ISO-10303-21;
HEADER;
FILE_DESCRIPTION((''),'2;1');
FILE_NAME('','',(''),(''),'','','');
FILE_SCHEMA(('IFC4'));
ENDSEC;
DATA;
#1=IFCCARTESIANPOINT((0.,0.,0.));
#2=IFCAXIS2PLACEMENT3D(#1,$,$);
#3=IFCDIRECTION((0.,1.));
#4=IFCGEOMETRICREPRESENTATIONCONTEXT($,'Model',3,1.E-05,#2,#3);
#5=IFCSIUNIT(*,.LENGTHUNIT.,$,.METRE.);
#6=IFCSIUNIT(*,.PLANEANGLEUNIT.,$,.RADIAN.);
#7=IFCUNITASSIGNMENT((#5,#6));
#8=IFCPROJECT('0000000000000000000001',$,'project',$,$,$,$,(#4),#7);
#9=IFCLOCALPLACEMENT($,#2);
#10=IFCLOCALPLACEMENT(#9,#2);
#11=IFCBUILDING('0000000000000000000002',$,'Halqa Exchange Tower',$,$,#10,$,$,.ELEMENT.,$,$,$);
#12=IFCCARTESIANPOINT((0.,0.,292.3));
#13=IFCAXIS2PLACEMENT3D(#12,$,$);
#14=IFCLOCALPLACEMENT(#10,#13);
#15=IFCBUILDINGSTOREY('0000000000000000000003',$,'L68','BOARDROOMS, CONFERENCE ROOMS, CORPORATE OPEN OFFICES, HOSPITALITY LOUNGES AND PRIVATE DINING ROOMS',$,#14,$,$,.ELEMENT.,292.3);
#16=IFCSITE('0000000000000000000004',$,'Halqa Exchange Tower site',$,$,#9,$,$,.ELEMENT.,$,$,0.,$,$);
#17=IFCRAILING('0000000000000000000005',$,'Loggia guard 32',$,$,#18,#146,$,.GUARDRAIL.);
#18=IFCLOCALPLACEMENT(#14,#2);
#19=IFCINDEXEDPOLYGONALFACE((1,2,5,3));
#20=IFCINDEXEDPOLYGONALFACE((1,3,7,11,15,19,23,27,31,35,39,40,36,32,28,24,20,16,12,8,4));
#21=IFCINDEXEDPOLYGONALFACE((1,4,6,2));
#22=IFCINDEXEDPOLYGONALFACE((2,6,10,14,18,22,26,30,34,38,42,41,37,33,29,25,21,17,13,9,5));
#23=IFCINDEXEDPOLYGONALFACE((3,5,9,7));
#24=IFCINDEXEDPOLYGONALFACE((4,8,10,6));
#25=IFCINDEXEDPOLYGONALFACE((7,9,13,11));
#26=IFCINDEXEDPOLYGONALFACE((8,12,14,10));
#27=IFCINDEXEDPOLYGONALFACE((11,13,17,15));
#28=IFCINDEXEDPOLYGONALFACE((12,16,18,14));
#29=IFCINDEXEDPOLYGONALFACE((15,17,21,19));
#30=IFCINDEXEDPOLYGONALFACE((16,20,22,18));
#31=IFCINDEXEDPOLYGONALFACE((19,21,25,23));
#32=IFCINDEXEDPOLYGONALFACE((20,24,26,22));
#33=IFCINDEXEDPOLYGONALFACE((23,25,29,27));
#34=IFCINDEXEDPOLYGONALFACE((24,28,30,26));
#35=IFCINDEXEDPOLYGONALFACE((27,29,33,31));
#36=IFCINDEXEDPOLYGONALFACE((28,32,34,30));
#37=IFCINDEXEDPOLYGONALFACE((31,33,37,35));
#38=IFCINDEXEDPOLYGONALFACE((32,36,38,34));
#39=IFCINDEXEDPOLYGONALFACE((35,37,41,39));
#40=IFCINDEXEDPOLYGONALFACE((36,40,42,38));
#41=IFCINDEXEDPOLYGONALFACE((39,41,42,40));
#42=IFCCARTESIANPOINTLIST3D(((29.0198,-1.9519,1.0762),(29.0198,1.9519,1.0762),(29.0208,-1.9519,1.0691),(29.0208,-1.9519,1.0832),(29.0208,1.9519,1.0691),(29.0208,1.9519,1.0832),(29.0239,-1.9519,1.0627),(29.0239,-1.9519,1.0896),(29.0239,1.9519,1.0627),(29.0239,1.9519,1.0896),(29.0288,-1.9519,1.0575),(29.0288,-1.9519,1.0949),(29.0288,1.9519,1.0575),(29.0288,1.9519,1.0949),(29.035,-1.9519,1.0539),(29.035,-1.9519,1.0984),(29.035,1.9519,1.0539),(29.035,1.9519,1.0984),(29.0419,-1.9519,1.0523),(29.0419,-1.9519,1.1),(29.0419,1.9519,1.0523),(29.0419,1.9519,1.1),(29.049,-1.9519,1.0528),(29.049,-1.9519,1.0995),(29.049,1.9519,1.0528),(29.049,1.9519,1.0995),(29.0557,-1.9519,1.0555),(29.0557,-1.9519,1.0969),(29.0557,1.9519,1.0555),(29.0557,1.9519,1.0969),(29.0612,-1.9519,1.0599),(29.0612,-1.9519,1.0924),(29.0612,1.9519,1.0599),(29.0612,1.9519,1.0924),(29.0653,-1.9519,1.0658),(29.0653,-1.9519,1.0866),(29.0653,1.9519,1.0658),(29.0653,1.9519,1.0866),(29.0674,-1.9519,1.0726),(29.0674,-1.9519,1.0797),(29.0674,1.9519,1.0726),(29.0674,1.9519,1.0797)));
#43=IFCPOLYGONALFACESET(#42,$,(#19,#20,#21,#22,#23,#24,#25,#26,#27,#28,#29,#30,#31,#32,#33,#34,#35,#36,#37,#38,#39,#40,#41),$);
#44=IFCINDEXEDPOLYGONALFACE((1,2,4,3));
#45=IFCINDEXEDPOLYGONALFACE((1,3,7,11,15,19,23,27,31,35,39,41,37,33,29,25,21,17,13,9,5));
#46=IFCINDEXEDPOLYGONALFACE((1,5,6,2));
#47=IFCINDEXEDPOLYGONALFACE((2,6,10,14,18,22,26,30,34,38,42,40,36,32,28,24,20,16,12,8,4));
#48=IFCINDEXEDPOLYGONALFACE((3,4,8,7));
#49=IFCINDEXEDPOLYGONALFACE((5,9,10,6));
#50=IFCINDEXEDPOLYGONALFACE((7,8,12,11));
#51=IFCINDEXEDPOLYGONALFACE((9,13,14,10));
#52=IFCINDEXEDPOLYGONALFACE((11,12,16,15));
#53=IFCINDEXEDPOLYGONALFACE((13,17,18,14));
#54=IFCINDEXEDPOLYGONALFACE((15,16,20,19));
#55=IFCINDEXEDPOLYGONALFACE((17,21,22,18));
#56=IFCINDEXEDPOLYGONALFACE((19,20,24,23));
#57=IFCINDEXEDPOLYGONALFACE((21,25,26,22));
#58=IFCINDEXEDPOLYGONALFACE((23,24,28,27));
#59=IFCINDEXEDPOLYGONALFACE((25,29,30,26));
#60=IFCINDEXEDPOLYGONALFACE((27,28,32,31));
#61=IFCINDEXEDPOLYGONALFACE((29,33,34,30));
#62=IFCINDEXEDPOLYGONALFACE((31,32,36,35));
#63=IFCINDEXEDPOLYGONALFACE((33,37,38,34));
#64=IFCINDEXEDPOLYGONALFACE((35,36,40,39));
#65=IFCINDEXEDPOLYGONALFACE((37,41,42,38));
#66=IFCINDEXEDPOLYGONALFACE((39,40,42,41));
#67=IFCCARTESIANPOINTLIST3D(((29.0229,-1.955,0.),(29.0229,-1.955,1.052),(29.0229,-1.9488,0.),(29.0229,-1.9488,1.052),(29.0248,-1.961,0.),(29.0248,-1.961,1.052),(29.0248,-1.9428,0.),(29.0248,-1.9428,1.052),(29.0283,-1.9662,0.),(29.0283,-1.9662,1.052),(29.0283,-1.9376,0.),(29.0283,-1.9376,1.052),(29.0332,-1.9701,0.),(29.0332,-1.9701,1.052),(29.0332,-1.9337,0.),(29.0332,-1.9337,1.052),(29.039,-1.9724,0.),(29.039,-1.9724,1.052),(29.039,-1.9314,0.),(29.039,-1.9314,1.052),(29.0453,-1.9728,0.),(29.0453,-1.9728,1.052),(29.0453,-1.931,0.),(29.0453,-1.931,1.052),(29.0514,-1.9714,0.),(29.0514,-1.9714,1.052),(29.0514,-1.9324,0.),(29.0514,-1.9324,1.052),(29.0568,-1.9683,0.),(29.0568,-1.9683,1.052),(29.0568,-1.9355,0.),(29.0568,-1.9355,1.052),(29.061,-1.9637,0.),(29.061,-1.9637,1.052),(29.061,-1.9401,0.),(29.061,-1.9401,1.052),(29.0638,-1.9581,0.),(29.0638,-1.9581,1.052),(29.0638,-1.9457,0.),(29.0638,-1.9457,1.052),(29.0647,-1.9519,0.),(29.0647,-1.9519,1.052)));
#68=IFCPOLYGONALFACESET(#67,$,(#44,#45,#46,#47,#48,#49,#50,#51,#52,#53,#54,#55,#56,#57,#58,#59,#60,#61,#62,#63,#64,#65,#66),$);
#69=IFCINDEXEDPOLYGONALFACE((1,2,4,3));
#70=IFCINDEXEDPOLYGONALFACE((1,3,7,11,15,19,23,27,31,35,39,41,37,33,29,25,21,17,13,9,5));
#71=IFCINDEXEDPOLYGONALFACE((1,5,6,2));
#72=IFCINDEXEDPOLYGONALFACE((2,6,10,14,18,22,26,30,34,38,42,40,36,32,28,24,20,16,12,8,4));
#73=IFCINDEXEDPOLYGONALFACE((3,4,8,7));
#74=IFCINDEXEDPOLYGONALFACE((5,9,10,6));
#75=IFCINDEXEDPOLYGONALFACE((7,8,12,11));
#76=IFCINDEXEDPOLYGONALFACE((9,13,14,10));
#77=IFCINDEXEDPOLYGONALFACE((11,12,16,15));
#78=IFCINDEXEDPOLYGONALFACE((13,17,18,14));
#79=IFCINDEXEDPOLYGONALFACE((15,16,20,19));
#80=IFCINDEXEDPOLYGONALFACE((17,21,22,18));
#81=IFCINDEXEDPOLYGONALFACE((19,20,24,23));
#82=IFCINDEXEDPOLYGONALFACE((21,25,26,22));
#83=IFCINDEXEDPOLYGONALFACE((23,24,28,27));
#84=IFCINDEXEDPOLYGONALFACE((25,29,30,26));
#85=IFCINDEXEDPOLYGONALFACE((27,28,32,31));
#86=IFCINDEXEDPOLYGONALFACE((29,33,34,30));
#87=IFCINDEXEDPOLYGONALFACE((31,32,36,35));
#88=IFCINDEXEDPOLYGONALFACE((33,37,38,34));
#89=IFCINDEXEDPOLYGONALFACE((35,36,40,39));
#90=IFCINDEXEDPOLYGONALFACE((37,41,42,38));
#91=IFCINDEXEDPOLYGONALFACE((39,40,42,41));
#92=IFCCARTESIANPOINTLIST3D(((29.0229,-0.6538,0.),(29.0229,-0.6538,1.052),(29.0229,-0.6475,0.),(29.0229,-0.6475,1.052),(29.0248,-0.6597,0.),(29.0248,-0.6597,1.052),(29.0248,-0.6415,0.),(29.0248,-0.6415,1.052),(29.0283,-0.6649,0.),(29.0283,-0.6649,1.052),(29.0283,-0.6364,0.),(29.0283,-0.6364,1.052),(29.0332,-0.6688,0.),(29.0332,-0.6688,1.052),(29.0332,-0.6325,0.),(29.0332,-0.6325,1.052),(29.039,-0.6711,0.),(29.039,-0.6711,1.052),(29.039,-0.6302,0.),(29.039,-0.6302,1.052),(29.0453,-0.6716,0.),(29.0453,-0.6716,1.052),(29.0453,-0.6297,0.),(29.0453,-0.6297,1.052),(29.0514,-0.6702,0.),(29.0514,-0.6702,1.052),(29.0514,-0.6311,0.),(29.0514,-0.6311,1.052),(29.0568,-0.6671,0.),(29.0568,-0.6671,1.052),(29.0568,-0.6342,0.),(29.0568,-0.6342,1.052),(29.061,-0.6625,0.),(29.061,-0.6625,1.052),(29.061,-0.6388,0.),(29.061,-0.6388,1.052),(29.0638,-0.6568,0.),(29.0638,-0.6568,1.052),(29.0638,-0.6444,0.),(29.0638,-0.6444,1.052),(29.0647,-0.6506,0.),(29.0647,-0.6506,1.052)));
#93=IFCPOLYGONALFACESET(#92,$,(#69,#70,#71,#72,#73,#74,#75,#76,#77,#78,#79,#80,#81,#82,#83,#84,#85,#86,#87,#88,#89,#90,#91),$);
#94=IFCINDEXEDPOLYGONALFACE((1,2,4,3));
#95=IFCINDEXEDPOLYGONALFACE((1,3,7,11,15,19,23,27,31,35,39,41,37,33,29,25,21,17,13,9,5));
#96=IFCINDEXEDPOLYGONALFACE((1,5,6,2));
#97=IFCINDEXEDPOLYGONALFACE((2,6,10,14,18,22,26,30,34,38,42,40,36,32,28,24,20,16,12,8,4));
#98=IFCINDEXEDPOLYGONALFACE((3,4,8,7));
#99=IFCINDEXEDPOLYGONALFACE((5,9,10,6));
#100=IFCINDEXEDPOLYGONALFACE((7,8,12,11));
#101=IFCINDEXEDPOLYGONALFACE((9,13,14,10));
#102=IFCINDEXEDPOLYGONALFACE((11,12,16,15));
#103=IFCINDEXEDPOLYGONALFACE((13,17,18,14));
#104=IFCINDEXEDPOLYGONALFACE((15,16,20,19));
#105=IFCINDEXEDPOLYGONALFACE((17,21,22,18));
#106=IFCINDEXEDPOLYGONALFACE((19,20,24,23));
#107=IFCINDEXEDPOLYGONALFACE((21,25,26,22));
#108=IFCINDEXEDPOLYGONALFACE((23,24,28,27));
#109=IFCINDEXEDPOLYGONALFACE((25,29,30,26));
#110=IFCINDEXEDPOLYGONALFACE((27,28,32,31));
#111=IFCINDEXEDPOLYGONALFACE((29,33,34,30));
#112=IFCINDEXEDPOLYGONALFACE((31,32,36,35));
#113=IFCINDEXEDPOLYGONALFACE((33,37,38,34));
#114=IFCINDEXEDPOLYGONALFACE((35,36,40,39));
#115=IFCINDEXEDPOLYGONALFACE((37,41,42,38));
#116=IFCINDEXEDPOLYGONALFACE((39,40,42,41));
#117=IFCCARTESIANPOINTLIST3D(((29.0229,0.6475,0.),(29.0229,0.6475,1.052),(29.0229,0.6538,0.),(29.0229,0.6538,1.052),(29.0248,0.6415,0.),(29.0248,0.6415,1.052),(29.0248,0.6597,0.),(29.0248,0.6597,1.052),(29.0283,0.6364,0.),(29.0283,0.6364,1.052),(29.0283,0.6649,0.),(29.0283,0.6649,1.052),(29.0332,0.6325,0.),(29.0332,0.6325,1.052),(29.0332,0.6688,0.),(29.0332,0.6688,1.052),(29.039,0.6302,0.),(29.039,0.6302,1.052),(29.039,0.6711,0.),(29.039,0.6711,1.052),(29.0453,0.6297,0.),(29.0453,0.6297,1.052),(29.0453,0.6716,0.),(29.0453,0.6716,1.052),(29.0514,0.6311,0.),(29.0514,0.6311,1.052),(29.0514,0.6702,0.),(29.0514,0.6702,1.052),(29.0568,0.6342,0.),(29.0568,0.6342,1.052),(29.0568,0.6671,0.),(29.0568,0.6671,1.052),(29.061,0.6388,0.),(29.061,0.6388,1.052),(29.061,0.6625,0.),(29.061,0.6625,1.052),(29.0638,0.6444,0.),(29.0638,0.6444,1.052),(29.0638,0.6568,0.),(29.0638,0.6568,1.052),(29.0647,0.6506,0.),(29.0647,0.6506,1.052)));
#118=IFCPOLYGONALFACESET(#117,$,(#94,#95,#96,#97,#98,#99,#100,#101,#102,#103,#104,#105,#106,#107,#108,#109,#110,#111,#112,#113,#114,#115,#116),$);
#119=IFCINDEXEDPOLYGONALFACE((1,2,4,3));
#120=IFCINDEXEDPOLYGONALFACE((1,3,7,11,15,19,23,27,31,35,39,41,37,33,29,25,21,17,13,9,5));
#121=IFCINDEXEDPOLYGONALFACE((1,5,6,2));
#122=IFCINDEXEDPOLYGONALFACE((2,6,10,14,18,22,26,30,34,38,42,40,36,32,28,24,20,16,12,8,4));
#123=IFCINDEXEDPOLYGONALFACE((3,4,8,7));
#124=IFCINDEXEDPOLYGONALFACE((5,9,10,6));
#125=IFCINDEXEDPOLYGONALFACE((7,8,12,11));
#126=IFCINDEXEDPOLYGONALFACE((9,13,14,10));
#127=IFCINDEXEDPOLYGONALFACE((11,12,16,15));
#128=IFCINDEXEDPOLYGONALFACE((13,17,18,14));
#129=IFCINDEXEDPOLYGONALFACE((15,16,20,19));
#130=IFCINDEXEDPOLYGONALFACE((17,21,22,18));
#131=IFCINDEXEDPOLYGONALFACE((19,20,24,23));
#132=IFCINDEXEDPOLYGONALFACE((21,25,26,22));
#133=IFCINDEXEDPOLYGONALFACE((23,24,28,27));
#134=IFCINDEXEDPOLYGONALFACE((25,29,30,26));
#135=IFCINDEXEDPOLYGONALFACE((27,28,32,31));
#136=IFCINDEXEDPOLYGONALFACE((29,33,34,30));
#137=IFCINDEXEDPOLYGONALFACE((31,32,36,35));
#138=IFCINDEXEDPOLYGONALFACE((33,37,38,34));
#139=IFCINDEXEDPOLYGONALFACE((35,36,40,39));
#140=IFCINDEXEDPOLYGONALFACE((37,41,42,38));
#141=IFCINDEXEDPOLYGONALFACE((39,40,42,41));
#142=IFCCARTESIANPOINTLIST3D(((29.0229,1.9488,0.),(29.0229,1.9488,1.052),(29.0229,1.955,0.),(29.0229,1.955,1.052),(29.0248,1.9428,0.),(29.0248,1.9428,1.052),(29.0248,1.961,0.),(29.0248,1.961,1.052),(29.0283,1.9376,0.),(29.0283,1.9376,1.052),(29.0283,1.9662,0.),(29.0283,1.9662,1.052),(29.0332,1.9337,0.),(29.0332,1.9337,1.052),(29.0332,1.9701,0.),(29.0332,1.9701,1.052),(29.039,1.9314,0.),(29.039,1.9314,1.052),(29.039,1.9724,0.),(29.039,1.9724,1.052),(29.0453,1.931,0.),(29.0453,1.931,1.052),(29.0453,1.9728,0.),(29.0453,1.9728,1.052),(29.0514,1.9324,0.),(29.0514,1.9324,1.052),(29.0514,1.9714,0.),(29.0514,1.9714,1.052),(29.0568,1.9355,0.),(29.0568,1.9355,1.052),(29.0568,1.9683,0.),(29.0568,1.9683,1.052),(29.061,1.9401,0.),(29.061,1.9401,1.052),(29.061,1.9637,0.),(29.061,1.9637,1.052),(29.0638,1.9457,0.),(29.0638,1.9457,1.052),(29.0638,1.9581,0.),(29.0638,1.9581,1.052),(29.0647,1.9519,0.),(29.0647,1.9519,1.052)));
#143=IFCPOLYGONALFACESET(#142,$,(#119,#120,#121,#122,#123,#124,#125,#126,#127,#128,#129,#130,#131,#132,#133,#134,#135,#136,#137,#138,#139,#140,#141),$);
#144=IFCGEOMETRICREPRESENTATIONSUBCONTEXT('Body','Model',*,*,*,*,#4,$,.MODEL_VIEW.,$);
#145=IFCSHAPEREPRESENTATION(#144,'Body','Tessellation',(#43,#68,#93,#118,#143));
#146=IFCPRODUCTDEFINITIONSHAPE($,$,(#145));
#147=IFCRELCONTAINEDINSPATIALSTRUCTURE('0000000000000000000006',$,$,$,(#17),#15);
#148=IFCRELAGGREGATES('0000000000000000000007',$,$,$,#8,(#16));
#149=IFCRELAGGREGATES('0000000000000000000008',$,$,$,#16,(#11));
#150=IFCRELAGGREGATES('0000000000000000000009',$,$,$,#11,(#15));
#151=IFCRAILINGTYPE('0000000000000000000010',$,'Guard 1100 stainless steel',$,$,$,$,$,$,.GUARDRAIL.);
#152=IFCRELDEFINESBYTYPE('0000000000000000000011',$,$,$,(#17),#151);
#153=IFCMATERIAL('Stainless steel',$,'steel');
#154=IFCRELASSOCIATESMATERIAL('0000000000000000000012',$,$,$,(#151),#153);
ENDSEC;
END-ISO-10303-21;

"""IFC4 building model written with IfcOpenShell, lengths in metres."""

from ifc_helpers import new_model, si_unit, direction, frame, origin, origin_2d, place, context, subcontext, project, spatial, circle, extrude, material, type_object, element, save


model = new_model("IFC4")

# Units and contexts
model_context = context("Model", 3, precision=1e-05, world=origin(), true_north=direction((0.0, 1.0)))
body_context = subcontext(model_context, "Body", "Model", "MODEL_VIEW")
ifc_project = project(units=[si_unit("LENGTHUNIT", "METRE"), si_unit("PLANEANGLEUNIT", "RADIAN")], contexts=[model_context])

# Site, building, storey
site_placement = place(None, origin())
site = spatial("IfcSite", under=ifc_project, at=site_placement, Name="Halqa Exchange Tower site", CompositionType="ELEMENT", RefElevation=0.0)
building_placement = place(site_placement, origin())
building = spatial("IfcBuilding", under=site, at=building_placement, Name="Halqa Exchange Tower", CompositionType="ELEMENT")
storey_placement = place(building_placement, frame((0.0, 0.0, 292.3)))
storey = spatial("IfcBuildingStorey", under=building, at=storey_placement, Name="L68", Description="BOARDROOMS, CONFERENCE ROOMS, CORPORATE OPEN OFFICES, HOSPITALITY LOUNGES AND PRIVATE DINING ROOMS", CompositionType="ELEMENT", Elevation=292.3)

# Railing
ifc_material_1 = material(Name="Stainless steel", Category="steel")
railing_type = type_object("IfcRailingType", Name="Guard 1100 stainless steel", PredefinedType="GUARDRAIL", material=ifc_material_1)
railing_1_placement = place(storey_placement, frame((29.0437, -1.9519, 0.0)))
element("IfcRailing", 1, at=railing_1_placement, inside=storey, type_object=railing_type, Name="Loggia guard 32", PredefinedType="GUARDRAIL", context=body_context, shape_type="SweptSolid", body=[
    extrude(circle(Radius=0.0239, at=origin_2d()), frame((0.0, 0.0, 1.0762), z_axis=(0.0, 1.0, 0.0), x_axis=(-1.0, 0.0, 0.0)), (0.0, 0.0, 1.0), 3.9038),
    extrude(circle(Radius=0.021, at=origin_2d()), origin(), (0.0, 0.0, 1.0), 1.052),
    extrude(circle(Radius=0.021, at=origin_2d()), frame((0.0, 1.3013, 0.0)), (0.0, 0.0, 1.0), 1.052),
    extrude(circle(Radius=0.021, at=origin_2d()), frame((0.0, 2.6025, 0.0)), (0.0, 0.0, 1.0), 1.052),
    extrude(circle(Radius=0.021, at=origin_2d()), frame((0.0, 3.9038, 0.0)), (0.0, 0.0, 1.0), 1.052),
])

save(model, "model.ifc")
